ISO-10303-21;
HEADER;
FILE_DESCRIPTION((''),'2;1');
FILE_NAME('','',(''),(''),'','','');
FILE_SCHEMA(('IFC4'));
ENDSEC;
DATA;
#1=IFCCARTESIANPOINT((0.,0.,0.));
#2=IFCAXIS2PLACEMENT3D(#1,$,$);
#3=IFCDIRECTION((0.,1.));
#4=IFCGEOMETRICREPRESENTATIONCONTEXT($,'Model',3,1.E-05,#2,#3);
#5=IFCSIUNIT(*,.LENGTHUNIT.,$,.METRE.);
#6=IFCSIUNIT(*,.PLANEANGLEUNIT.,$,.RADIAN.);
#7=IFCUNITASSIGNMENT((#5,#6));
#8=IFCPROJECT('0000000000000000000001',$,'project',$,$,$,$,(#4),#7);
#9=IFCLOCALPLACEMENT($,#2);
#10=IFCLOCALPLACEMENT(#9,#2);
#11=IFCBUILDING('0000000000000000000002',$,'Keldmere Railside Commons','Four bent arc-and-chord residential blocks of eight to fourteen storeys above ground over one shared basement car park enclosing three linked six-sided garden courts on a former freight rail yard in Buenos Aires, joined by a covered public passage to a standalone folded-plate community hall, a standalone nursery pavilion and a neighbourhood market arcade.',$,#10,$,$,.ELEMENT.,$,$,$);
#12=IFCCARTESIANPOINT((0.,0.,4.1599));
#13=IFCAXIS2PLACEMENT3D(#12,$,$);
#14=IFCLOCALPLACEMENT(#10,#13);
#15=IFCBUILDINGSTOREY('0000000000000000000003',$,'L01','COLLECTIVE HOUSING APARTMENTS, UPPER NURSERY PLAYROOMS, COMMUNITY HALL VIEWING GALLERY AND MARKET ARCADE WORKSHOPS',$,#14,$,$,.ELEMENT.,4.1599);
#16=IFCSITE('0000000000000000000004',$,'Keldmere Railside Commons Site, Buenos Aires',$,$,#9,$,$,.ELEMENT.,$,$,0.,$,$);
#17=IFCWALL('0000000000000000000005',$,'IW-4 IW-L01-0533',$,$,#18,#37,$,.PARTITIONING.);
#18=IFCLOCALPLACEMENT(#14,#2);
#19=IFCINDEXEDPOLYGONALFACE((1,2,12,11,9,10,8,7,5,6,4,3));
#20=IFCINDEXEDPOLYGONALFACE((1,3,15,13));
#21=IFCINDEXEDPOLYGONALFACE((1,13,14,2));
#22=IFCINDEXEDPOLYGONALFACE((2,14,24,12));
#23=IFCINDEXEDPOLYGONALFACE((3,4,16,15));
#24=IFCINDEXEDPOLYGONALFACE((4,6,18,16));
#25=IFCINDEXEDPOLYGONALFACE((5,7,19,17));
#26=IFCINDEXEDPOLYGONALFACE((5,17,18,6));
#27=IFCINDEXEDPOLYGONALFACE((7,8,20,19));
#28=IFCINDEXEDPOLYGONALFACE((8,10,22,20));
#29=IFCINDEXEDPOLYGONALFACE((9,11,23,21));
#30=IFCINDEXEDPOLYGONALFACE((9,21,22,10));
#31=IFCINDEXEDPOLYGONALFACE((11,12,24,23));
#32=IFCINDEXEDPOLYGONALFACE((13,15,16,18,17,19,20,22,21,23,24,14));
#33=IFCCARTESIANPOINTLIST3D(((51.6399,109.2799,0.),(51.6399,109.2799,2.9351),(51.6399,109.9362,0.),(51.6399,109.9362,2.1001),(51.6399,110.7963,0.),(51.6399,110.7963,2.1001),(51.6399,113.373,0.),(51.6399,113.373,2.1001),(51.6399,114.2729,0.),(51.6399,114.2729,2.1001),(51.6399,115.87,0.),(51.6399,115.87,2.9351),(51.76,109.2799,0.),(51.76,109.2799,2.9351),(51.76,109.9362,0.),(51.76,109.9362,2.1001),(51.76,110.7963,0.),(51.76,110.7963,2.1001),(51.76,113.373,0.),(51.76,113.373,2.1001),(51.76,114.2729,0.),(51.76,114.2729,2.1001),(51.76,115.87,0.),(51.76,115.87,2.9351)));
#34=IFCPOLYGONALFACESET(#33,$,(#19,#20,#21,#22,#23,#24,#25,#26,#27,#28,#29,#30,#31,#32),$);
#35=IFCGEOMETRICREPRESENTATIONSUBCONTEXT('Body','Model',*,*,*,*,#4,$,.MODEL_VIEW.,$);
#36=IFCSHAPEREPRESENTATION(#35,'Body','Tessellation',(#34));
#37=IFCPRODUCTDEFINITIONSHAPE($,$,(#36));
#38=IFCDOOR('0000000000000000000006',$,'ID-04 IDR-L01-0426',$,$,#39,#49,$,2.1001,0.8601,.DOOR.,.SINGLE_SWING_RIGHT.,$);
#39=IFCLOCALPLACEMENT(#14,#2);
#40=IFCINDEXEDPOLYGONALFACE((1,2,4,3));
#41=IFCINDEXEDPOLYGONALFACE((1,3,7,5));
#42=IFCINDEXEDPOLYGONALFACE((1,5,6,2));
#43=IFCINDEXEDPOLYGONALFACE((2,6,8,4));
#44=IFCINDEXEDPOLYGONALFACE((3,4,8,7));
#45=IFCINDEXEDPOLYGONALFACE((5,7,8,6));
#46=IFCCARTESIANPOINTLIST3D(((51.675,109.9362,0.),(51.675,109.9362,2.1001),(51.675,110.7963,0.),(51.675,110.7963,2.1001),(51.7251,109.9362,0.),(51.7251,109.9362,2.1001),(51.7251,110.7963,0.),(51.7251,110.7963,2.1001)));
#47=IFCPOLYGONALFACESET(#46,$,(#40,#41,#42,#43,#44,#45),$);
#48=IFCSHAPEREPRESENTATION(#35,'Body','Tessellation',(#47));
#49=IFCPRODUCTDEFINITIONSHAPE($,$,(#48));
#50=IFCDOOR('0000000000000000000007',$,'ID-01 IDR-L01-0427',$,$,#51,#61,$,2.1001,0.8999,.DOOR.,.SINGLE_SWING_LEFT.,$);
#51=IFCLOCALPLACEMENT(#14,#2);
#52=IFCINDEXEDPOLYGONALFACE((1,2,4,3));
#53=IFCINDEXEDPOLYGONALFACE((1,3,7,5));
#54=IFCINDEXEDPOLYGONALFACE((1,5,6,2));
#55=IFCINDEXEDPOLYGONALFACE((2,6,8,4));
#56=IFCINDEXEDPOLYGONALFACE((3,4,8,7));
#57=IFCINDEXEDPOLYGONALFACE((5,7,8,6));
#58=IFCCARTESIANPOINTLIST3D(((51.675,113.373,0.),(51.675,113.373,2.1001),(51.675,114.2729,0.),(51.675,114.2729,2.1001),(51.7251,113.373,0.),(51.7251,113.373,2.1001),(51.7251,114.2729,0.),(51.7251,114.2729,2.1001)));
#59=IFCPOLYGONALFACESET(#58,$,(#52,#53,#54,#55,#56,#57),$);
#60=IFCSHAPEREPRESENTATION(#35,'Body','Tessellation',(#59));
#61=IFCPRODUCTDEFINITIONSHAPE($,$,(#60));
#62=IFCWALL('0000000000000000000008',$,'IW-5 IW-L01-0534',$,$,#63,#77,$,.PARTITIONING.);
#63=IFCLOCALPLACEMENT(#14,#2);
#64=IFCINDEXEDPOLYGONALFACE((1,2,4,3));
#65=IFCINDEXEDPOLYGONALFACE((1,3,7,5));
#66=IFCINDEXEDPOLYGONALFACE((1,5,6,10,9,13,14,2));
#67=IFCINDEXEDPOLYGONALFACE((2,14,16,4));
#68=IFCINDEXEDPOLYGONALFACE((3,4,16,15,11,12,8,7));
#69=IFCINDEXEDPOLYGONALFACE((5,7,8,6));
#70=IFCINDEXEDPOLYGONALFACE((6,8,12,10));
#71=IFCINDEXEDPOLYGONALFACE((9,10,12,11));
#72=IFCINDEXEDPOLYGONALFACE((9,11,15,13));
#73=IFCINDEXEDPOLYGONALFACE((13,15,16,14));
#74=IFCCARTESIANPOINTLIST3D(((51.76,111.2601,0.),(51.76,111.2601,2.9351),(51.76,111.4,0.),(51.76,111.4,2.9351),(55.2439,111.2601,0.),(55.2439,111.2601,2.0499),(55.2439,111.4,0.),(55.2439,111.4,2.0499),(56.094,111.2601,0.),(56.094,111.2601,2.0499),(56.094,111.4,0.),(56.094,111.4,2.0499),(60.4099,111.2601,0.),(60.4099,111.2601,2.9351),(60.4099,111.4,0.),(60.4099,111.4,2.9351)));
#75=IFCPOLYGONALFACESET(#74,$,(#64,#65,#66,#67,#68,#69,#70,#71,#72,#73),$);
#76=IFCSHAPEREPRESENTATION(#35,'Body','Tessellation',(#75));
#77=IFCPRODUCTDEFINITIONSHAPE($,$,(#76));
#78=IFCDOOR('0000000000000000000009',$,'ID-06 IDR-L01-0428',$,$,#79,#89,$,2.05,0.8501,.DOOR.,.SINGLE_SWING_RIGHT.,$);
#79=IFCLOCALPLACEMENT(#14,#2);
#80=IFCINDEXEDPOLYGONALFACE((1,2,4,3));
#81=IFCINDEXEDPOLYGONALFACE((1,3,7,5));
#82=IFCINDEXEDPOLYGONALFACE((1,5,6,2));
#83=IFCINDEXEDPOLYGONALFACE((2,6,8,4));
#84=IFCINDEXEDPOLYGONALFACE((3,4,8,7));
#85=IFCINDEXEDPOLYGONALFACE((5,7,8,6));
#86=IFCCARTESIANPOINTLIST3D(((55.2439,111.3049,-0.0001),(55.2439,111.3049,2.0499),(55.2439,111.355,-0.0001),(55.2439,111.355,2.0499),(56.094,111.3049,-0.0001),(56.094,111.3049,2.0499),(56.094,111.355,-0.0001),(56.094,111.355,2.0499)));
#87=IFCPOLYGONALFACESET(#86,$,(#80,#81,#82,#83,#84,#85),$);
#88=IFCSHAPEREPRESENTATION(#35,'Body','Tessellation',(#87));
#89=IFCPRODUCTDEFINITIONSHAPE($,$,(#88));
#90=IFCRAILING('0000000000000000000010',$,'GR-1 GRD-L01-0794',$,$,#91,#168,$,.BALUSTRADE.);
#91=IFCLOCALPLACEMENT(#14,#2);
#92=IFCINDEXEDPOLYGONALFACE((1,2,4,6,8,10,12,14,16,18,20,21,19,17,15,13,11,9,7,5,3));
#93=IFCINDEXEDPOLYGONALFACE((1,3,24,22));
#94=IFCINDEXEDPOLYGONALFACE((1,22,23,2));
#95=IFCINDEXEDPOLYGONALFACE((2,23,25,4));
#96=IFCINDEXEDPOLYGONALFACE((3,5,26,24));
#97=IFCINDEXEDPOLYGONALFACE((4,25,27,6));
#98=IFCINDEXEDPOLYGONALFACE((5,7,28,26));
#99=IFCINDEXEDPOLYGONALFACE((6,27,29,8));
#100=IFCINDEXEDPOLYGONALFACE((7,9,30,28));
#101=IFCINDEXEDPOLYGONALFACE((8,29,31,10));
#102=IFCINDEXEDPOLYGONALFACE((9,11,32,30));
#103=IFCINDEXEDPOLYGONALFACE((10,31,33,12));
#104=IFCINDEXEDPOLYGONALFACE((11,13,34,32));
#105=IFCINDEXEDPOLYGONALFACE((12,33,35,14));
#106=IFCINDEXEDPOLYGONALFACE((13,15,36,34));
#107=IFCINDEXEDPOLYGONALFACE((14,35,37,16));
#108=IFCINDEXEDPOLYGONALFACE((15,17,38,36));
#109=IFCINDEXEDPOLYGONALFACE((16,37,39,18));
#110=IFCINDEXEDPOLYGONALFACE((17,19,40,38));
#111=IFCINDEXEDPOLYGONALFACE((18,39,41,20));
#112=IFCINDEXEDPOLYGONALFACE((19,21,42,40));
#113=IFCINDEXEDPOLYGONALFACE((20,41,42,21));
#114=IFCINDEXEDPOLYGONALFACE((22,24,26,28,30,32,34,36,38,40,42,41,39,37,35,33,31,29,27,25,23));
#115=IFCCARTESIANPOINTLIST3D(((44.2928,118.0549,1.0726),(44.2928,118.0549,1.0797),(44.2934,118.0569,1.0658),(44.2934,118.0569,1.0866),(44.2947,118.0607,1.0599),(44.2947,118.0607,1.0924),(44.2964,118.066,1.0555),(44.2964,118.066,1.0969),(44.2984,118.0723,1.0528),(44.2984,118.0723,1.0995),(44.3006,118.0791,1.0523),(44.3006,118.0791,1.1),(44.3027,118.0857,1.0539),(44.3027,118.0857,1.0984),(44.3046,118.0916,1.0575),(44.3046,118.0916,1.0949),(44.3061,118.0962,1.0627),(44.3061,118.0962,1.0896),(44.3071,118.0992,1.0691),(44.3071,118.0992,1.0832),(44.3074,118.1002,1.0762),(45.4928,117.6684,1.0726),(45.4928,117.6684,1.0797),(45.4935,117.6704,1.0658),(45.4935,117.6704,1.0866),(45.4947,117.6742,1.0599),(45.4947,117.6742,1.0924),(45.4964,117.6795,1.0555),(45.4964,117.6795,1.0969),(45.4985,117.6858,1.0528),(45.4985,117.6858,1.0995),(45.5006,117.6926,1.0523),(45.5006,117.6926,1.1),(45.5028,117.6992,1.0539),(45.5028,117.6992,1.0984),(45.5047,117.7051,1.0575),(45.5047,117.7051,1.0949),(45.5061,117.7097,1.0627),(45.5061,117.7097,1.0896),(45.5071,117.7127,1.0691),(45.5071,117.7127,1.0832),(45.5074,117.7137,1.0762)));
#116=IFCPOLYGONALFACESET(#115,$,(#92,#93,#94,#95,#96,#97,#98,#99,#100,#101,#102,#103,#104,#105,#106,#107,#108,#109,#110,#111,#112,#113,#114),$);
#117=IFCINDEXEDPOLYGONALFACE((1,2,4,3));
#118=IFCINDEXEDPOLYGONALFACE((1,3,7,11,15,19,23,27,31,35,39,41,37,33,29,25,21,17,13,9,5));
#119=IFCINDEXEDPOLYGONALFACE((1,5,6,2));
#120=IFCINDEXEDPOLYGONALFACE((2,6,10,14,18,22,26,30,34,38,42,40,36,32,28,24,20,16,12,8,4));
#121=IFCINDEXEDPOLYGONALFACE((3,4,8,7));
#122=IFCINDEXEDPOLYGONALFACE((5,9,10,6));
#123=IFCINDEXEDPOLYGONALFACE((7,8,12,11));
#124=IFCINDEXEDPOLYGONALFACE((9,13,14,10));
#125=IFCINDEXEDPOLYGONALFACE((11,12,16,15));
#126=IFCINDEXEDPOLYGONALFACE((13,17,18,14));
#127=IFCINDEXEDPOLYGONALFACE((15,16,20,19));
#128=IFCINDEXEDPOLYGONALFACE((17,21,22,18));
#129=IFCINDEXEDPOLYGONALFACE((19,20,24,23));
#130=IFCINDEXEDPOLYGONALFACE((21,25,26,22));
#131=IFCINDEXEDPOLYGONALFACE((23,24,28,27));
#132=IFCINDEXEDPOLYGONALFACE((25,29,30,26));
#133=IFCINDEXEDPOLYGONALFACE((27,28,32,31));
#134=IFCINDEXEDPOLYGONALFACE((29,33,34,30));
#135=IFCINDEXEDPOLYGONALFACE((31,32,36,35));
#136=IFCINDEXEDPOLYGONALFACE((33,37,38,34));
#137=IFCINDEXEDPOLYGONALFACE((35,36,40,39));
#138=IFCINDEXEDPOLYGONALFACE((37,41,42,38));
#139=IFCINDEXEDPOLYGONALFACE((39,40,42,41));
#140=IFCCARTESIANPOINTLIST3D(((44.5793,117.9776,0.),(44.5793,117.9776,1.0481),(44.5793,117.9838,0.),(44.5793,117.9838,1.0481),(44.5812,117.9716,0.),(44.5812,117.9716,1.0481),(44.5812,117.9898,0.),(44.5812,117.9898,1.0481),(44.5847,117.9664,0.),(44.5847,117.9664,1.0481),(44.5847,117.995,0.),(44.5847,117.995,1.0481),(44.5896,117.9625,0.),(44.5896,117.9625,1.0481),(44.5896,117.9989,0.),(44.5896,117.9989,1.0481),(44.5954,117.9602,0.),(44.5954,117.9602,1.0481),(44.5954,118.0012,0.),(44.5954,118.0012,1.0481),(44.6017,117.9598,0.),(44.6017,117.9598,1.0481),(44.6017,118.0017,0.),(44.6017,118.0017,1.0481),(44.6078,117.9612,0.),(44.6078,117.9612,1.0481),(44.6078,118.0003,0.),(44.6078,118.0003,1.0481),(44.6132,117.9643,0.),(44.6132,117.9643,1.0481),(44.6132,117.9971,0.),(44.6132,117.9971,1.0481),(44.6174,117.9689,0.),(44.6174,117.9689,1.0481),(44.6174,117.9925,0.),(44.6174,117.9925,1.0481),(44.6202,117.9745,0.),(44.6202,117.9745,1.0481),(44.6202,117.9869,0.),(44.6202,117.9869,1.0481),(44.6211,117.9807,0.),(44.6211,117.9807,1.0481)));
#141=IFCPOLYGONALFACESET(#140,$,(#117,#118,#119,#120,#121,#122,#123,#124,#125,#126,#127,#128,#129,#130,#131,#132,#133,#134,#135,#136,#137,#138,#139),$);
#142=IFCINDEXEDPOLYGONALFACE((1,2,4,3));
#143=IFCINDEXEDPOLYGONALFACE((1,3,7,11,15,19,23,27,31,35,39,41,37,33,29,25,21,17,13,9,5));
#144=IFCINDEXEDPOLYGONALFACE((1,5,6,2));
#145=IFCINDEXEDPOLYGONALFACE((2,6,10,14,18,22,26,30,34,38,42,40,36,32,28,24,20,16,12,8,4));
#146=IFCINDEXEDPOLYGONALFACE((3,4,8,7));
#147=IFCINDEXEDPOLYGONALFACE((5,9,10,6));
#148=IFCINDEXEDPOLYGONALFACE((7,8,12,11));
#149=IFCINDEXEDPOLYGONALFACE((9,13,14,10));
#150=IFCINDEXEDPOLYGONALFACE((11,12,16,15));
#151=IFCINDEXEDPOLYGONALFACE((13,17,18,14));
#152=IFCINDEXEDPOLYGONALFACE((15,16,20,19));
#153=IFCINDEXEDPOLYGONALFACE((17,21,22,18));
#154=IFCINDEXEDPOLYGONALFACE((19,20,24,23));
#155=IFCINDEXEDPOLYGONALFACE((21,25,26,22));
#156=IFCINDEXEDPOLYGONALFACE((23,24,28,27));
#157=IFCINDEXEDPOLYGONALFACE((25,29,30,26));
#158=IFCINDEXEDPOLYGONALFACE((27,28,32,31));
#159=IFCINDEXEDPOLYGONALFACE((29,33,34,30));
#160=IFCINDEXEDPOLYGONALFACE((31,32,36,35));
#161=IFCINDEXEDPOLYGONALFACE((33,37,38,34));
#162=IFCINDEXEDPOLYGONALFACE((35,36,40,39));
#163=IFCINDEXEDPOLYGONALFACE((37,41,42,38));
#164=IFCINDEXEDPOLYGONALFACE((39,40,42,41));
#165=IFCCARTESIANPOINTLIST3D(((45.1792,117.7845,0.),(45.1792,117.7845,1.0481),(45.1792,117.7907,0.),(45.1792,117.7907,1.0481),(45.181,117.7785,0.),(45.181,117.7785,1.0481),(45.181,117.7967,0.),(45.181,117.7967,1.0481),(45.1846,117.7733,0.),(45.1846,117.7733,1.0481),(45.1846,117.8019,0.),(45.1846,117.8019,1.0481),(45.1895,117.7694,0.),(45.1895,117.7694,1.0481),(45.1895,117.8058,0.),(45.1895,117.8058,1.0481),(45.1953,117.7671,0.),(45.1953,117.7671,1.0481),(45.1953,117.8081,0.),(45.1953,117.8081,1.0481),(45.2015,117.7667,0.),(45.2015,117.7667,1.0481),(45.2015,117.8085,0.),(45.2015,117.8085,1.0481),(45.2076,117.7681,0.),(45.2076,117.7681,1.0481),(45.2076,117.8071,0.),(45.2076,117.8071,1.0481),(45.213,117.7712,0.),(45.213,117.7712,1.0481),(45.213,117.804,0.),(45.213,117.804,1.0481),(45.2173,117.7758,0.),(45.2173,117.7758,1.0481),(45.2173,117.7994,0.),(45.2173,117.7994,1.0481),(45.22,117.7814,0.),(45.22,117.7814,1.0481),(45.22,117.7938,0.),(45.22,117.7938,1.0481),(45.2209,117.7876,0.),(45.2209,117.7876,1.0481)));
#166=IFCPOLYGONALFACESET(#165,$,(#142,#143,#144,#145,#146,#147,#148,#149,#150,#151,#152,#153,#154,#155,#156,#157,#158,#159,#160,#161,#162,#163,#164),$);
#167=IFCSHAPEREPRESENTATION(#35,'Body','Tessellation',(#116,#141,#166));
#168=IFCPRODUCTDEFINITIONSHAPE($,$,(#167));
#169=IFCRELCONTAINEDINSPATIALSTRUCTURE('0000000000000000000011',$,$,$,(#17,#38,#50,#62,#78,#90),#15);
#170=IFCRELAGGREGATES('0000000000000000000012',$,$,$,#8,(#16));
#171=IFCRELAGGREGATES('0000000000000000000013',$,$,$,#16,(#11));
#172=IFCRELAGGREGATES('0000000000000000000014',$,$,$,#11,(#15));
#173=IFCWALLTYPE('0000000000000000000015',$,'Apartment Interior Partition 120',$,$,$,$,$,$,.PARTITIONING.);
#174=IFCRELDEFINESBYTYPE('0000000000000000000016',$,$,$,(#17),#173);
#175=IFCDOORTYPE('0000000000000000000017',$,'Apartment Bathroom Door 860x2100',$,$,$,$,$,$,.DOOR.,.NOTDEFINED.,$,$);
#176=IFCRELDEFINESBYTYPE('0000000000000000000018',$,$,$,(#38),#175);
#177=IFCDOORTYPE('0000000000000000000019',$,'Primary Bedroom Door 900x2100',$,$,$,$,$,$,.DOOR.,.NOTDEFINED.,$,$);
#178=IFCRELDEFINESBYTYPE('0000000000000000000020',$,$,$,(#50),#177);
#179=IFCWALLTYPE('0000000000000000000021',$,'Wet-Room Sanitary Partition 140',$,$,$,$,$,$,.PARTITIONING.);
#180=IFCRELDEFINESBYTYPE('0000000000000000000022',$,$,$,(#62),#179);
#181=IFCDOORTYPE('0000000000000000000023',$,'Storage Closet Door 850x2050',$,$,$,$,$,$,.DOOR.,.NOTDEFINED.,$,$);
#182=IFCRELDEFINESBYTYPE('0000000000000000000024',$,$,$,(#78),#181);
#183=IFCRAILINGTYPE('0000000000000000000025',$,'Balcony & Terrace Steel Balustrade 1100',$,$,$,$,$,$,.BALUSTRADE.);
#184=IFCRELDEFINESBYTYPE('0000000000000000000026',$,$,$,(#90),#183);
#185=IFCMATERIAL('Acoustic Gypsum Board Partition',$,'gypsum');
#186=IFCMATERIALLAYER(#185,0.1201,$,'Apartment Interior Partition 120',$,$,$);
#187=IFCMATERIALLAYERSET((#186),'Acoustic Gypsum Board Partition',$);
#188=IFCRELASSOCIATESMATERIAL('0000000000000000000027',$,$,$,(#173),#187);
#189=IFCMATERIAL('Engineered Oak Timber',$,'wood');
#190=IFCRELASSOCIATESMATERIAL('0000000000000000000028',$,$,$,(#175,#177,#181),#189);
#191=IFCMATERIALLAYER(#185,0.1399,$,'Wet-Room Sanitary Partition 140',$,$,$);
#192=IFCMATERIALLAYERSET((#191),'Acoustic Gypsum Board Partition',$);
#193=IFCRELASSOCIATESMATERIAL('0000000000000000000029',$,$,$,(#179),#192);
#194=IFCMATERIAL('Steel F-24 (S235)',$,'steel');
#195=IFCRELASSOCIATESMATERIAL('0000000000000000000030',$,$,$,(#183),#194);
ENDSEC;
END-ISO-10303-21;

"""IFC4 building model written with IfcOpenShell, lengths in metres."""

from ifc_helpers import new_model, si_unit, direction, frame, frame_2d, origin, origin_2d, place, context, subcontext, project, spatial, rectangle, circle, extrude, material, layer, layer_set, type_object, element, fill, save


model = new_model("IFC4")

# Units and contexts
model_context = context("Model", 3, precision=1e-05, world=origin(), true_north=direction((0.0, 1.0)))
body_context = subcontext(model_context, "Body", "Model", "MODEL_VIEW")
ifc_project = project(units=[si_unit("LENGTHUNIT", "METRE"), si_unit("PLANEANGLEUNIT", "RADIAN")], contexts=[model_context])

# Site, building, storey
site_placement = place(None, origin())
site = spatial("IfcSite", under=ifc_project, at=site_placement, Name="Keldmere Railside Commons Site, Buenos Aires", CompositionType="ELEMENT", RefElevation=0.0)
building_placement = place(site_placement, origin())
building = spatial("IfcBuilding", under=site, at=building_placement, Name="Keldmere Railside Commons", Description="Four bent arc-and-chord residential blocks of eight to fourteen storeys above ground over one shared basement car park enclosing three linked six-sided garden courts on a former freight rail yard in Buenos Aires, joined by a covered public passage to a standalone folded-plate community hall, a standalone nursery pavilion and a neighbourhood market arcade.", CompositionType="ELEMENT")
storey_placement = place(building_placement, frame((0.0, 0.0, 4.1599)))
storey = spatial("IfcBuildingStorey", under=building, at=storey_placement, Name="L01", Description="COLLECTIVE HOUSING APARTMENTS, UPPER NURSERY PLAYROOMS, COMMUNITY HALL VIEWING GALLERY AND MARKET ARCADE WORKSHOPS", CompositionType="ELEMENT", Elevation=4.1599)

# Wall, openings, doors
ifc_material_1 = material(Name="Acoustic Gypsum Board Partition", Category="gypsum")
ifc_layer_1 = layer(ifc_material_1, 0.1201, Name="Apartment Interior Partition 120")
ifc_layer_set_1 = layer_set([ifc_layer_1], Name="Acoustic Gypsum Board Partition")
wall_type_1 = type_object("IfcWallType", Name="Apartment Interior Partition 120", PredefinedType="PARTITIONING", material=ifc_layer_set_1)
wall_1_placement = place(storey_placement, frame((51.7, 109.28, 0.0), z_axis=(0.0, 0.0, 1.0), x_axis=(0.0, 1.0, 0.0)))
wall_1 = element("IfcWall", 1, at=wall_1_placement, inside=storey, type_object=wall_type_1, Name="IW-4 IW-L01-0533", PredefinedType="PARTITIONING", context=body_context, shape_type="SweptSolid", body=[
    extrude(rectangle(XDim=6.5901, YDim=0.1201, at=frame_2d((3.2949, 0.0))), origin(), (0.0, 0.0, 1.0), 2.9351),
])
opening_1_placement = place(wall_1_placement, frame((0.656, 0.0, 0.0)))
opening_1 = element("IfcOpeningElement", 2, at=opening_1_placement, cuts=wall_1, PredefinedType="OPENING", context=body_context, shape_type="SweptSolid", body=[
    extrude(rectangle(XDim=0.8601, YDim=2.1001, at=frame_2d((0.4302, 1.05))), frame((0.0, 0.0701, 0.0), z_axis=(0.0, -1.0, 0.0), x_axis=(1.0, 0.0, 0.0)), (0.0, 0.0, 1.0), 0.1401),
])
opening_2_placement = place(wall_1_placement, frame((4.093, 0.0, 0.0)))
opening_2 = element("IfcOpeningElement", 3, at=opening_2_placement, cuts=wall_1, PredefinedType="OPENING", context=body_context, shape_type="SweptSolid", body=[
    extrude(rectangle(XDim=0.8999, YDim=2.1001, at=frame_2d((0.45, 1.05))), frame((0.0, 0.0701, 0.0), z_axis=(0.0, -1.0, 0.0), x_axis=(1.0, 0.0, 0.0)), (0.0, 0.0, 1.0), 0.1401),
])
ifc_material_2 = material(Name="Engineered Oak Timber", Category="wood")
door_type_1 = type_object("IfcDoorType", Name="Apartment Bathroom Door 860x2100", OperationType="NOTDEFINED", PredefinedType="DOOR", material=ifc_material_2)
door_1_placement = place(opening_1_placement, origin())
door_1 = element("IfcDoor", 4, at=door_1_placement, inside=storey, type_object=door_type_1, Name="ID-04 IDR-L01-0426", OperationType="SINGLE_SWING_RIGHT", OverallHeight=2.1001, OverallWidth=0.8601, PredefinedType="DOOR", context=body_context, shape_type="SweptSolid", body=[
    extrude(rectangle(XDim=0.8601, YDim=2.1001, at=frame_2d((0.4302, 1.05))), frame((0.0, 0.0249, 0.0), z_axis=(0.0, -1.0, 0.0), x_axis=(1.0, 0.0, 0.0)), (0.0, 0.0, 1.0), 0.05),
])
fill(opening_1, door_1)
door_type_2 = type_object("IfcDoorType", Name="Primary Bedroom Door 900x2100", OperationType="NOTDEFINED", PredefinedType="DOOR", material=ifc_material_2)
door_2_placement = place(opening_2_placement, origin())
door_2 = element("IfcDoor", 5, at=door_2_placement, inside=storey, type_object=door_type_2, Name="ID-01 IDR-L01-0427", OperationType="SINGLE_SWING_LEFT", OverallHeight=2.1001, OverallWidth=0.8999, PredefinedType="DOOR", context=body_context, shape_type="SweptSolid", body=[
    extrude(rectangle(XDim=0.8999, YDim=2.1001, at=frame_2d((0.45, 1.05))), frame((0.0, 0.0249, 0.0), z_axis=(0.0, -1.0, 0.0), x_axis=(1.0, 0.0, 0.0)), (0.0, 0.0, 1.0), 0.05),
])
fill(opening_2, door_2)

# Wall, opening, door
ifc_layer_2 = layer(ifc_material_1, 0.1399, Name="Wet-Room Sanitary Partition 140")
ifc_layer_set_2 = layer_set([ifc_layer_2], Name="Acoustic Gypsum Board Partition")
wall_type_2 = type_object("IfcWallType", Name="Wet-Room Sanitary Partition 140", PredefinedType="PARTITIONING", material=ifc_layer_set_2)
wall_2_placement = place(storey_placement, frame((51.76, 111.3301, 0.0), z_axis=(0.0, 0.0, 1.0), x_axis=(1.0, 0.0, 0.0)))
wall_2 = element("IfcWall", 6, at=wall_2_placement, inside=storey, type_object=wall_type_2, Name="IW-5 IW-L01-0534", PredefinedType="PARTITIONING", context=body_context, shape_type="SweptSolid", body=[
    extrude(rectangle(XDim=8.6499, YDim=0.1399, at=frame_2d((4.325, 0.0))), origin(), (0.0, 0.0, 1.0), 2.9351),
])
opening_3_placement = place(wall_2_placement, frame((3.4839, 0.0, 0.0)))
opening_3 = element("IfcOpeningElement", 7, at=opening_3_placement, cuts=wall_2, PredefinedType="OPENING", context=body_context, shape_type="SweptSolid", body=[
    extrude(rectangle(XDim=0.8501, YDim=2.05, at=frame_2d((0.425, 1.0249))), frame((0.0, 0.0798, 0.0), z_axis=(0.0, -1.0, 0.0), x_axis=(1.0, 0.0, 0.0)), (0.0, 0.0, 1.0), 0.1599),
])
door_type_3 = type_object("IfcDoorType", Name="Storage Closet Door 850x2050", OperationType="NOTDEFINED", PredefinedType="DOOR", material=ifc_material_2)
door_3_placement = place(opening_3_placement, origin())
door_3 = element("IfcDoor", 8, at=door_3_placement, inside=storey, type_object=door_type_3, Name="ID-06 IDR-L01-0428", OperationType="SINGLE_SWING_RIGHT", OverallHeight=2.05, OverallWidth=0.8501, PredefinedType="DOOR", context=body_context, shape_type="SweptSolid", body=[
    extrude(rectangle(XDim=0.8501, YDim=2.05, at=frame_2d((0.425, 1.0249))), frame((0.0, 0.0249, 0.0), z_axis=(0.0, -1.0, 0.0), x_axis=(1.0, 0.0, 0.0)), (0.0, 0.0, 1.0), 0.05),
])
fill(opening_3, door_3)

# Railing
ifc_material_3 = material(Name="Steel F-24 (S235)", Category="steel")
railing_type = type_object("IfcRailingType", Name="Balcony & Terrace Steel Balustrade 1100", PredefinedType="BALUSTRADE", material=ifc_material_3)
railing_1_placement = place(storey_placement, frame((44.3, 118.0774, 0.0)))
element("IfcRailing", 9, at=railing_1_placement, inside=storey, type_object=railing_type, Name="GR-1 GRD-L01-0794", PredefinedType="BALUSTRADE", context=body_context, shape_type="SweptSolid", body=[
    extrude(circle(Radius=0.0239, at=origin_2d()), frame((0.0, 0.0, 1.0762), z_axis=(0.951849, -0.306567, 0.0), x_axis=(0.306567, 0.951849, 0.0)), (0.0, 0.0, 1.0), 1.2607),
    extrude(circle(Radius=0.021, at=origin_2d()), frame((0.3, -0.0967, 0.0)), (0.0, 0.0, 1.0), 1.0481),
    extrude(circle(Radius=0.021, at=origin_2d()), frame((0.8999, -0.2898, 0.0)), (0.0, 0.0, 1.0), 1.0481),
])

save(model, "model.ifc")
